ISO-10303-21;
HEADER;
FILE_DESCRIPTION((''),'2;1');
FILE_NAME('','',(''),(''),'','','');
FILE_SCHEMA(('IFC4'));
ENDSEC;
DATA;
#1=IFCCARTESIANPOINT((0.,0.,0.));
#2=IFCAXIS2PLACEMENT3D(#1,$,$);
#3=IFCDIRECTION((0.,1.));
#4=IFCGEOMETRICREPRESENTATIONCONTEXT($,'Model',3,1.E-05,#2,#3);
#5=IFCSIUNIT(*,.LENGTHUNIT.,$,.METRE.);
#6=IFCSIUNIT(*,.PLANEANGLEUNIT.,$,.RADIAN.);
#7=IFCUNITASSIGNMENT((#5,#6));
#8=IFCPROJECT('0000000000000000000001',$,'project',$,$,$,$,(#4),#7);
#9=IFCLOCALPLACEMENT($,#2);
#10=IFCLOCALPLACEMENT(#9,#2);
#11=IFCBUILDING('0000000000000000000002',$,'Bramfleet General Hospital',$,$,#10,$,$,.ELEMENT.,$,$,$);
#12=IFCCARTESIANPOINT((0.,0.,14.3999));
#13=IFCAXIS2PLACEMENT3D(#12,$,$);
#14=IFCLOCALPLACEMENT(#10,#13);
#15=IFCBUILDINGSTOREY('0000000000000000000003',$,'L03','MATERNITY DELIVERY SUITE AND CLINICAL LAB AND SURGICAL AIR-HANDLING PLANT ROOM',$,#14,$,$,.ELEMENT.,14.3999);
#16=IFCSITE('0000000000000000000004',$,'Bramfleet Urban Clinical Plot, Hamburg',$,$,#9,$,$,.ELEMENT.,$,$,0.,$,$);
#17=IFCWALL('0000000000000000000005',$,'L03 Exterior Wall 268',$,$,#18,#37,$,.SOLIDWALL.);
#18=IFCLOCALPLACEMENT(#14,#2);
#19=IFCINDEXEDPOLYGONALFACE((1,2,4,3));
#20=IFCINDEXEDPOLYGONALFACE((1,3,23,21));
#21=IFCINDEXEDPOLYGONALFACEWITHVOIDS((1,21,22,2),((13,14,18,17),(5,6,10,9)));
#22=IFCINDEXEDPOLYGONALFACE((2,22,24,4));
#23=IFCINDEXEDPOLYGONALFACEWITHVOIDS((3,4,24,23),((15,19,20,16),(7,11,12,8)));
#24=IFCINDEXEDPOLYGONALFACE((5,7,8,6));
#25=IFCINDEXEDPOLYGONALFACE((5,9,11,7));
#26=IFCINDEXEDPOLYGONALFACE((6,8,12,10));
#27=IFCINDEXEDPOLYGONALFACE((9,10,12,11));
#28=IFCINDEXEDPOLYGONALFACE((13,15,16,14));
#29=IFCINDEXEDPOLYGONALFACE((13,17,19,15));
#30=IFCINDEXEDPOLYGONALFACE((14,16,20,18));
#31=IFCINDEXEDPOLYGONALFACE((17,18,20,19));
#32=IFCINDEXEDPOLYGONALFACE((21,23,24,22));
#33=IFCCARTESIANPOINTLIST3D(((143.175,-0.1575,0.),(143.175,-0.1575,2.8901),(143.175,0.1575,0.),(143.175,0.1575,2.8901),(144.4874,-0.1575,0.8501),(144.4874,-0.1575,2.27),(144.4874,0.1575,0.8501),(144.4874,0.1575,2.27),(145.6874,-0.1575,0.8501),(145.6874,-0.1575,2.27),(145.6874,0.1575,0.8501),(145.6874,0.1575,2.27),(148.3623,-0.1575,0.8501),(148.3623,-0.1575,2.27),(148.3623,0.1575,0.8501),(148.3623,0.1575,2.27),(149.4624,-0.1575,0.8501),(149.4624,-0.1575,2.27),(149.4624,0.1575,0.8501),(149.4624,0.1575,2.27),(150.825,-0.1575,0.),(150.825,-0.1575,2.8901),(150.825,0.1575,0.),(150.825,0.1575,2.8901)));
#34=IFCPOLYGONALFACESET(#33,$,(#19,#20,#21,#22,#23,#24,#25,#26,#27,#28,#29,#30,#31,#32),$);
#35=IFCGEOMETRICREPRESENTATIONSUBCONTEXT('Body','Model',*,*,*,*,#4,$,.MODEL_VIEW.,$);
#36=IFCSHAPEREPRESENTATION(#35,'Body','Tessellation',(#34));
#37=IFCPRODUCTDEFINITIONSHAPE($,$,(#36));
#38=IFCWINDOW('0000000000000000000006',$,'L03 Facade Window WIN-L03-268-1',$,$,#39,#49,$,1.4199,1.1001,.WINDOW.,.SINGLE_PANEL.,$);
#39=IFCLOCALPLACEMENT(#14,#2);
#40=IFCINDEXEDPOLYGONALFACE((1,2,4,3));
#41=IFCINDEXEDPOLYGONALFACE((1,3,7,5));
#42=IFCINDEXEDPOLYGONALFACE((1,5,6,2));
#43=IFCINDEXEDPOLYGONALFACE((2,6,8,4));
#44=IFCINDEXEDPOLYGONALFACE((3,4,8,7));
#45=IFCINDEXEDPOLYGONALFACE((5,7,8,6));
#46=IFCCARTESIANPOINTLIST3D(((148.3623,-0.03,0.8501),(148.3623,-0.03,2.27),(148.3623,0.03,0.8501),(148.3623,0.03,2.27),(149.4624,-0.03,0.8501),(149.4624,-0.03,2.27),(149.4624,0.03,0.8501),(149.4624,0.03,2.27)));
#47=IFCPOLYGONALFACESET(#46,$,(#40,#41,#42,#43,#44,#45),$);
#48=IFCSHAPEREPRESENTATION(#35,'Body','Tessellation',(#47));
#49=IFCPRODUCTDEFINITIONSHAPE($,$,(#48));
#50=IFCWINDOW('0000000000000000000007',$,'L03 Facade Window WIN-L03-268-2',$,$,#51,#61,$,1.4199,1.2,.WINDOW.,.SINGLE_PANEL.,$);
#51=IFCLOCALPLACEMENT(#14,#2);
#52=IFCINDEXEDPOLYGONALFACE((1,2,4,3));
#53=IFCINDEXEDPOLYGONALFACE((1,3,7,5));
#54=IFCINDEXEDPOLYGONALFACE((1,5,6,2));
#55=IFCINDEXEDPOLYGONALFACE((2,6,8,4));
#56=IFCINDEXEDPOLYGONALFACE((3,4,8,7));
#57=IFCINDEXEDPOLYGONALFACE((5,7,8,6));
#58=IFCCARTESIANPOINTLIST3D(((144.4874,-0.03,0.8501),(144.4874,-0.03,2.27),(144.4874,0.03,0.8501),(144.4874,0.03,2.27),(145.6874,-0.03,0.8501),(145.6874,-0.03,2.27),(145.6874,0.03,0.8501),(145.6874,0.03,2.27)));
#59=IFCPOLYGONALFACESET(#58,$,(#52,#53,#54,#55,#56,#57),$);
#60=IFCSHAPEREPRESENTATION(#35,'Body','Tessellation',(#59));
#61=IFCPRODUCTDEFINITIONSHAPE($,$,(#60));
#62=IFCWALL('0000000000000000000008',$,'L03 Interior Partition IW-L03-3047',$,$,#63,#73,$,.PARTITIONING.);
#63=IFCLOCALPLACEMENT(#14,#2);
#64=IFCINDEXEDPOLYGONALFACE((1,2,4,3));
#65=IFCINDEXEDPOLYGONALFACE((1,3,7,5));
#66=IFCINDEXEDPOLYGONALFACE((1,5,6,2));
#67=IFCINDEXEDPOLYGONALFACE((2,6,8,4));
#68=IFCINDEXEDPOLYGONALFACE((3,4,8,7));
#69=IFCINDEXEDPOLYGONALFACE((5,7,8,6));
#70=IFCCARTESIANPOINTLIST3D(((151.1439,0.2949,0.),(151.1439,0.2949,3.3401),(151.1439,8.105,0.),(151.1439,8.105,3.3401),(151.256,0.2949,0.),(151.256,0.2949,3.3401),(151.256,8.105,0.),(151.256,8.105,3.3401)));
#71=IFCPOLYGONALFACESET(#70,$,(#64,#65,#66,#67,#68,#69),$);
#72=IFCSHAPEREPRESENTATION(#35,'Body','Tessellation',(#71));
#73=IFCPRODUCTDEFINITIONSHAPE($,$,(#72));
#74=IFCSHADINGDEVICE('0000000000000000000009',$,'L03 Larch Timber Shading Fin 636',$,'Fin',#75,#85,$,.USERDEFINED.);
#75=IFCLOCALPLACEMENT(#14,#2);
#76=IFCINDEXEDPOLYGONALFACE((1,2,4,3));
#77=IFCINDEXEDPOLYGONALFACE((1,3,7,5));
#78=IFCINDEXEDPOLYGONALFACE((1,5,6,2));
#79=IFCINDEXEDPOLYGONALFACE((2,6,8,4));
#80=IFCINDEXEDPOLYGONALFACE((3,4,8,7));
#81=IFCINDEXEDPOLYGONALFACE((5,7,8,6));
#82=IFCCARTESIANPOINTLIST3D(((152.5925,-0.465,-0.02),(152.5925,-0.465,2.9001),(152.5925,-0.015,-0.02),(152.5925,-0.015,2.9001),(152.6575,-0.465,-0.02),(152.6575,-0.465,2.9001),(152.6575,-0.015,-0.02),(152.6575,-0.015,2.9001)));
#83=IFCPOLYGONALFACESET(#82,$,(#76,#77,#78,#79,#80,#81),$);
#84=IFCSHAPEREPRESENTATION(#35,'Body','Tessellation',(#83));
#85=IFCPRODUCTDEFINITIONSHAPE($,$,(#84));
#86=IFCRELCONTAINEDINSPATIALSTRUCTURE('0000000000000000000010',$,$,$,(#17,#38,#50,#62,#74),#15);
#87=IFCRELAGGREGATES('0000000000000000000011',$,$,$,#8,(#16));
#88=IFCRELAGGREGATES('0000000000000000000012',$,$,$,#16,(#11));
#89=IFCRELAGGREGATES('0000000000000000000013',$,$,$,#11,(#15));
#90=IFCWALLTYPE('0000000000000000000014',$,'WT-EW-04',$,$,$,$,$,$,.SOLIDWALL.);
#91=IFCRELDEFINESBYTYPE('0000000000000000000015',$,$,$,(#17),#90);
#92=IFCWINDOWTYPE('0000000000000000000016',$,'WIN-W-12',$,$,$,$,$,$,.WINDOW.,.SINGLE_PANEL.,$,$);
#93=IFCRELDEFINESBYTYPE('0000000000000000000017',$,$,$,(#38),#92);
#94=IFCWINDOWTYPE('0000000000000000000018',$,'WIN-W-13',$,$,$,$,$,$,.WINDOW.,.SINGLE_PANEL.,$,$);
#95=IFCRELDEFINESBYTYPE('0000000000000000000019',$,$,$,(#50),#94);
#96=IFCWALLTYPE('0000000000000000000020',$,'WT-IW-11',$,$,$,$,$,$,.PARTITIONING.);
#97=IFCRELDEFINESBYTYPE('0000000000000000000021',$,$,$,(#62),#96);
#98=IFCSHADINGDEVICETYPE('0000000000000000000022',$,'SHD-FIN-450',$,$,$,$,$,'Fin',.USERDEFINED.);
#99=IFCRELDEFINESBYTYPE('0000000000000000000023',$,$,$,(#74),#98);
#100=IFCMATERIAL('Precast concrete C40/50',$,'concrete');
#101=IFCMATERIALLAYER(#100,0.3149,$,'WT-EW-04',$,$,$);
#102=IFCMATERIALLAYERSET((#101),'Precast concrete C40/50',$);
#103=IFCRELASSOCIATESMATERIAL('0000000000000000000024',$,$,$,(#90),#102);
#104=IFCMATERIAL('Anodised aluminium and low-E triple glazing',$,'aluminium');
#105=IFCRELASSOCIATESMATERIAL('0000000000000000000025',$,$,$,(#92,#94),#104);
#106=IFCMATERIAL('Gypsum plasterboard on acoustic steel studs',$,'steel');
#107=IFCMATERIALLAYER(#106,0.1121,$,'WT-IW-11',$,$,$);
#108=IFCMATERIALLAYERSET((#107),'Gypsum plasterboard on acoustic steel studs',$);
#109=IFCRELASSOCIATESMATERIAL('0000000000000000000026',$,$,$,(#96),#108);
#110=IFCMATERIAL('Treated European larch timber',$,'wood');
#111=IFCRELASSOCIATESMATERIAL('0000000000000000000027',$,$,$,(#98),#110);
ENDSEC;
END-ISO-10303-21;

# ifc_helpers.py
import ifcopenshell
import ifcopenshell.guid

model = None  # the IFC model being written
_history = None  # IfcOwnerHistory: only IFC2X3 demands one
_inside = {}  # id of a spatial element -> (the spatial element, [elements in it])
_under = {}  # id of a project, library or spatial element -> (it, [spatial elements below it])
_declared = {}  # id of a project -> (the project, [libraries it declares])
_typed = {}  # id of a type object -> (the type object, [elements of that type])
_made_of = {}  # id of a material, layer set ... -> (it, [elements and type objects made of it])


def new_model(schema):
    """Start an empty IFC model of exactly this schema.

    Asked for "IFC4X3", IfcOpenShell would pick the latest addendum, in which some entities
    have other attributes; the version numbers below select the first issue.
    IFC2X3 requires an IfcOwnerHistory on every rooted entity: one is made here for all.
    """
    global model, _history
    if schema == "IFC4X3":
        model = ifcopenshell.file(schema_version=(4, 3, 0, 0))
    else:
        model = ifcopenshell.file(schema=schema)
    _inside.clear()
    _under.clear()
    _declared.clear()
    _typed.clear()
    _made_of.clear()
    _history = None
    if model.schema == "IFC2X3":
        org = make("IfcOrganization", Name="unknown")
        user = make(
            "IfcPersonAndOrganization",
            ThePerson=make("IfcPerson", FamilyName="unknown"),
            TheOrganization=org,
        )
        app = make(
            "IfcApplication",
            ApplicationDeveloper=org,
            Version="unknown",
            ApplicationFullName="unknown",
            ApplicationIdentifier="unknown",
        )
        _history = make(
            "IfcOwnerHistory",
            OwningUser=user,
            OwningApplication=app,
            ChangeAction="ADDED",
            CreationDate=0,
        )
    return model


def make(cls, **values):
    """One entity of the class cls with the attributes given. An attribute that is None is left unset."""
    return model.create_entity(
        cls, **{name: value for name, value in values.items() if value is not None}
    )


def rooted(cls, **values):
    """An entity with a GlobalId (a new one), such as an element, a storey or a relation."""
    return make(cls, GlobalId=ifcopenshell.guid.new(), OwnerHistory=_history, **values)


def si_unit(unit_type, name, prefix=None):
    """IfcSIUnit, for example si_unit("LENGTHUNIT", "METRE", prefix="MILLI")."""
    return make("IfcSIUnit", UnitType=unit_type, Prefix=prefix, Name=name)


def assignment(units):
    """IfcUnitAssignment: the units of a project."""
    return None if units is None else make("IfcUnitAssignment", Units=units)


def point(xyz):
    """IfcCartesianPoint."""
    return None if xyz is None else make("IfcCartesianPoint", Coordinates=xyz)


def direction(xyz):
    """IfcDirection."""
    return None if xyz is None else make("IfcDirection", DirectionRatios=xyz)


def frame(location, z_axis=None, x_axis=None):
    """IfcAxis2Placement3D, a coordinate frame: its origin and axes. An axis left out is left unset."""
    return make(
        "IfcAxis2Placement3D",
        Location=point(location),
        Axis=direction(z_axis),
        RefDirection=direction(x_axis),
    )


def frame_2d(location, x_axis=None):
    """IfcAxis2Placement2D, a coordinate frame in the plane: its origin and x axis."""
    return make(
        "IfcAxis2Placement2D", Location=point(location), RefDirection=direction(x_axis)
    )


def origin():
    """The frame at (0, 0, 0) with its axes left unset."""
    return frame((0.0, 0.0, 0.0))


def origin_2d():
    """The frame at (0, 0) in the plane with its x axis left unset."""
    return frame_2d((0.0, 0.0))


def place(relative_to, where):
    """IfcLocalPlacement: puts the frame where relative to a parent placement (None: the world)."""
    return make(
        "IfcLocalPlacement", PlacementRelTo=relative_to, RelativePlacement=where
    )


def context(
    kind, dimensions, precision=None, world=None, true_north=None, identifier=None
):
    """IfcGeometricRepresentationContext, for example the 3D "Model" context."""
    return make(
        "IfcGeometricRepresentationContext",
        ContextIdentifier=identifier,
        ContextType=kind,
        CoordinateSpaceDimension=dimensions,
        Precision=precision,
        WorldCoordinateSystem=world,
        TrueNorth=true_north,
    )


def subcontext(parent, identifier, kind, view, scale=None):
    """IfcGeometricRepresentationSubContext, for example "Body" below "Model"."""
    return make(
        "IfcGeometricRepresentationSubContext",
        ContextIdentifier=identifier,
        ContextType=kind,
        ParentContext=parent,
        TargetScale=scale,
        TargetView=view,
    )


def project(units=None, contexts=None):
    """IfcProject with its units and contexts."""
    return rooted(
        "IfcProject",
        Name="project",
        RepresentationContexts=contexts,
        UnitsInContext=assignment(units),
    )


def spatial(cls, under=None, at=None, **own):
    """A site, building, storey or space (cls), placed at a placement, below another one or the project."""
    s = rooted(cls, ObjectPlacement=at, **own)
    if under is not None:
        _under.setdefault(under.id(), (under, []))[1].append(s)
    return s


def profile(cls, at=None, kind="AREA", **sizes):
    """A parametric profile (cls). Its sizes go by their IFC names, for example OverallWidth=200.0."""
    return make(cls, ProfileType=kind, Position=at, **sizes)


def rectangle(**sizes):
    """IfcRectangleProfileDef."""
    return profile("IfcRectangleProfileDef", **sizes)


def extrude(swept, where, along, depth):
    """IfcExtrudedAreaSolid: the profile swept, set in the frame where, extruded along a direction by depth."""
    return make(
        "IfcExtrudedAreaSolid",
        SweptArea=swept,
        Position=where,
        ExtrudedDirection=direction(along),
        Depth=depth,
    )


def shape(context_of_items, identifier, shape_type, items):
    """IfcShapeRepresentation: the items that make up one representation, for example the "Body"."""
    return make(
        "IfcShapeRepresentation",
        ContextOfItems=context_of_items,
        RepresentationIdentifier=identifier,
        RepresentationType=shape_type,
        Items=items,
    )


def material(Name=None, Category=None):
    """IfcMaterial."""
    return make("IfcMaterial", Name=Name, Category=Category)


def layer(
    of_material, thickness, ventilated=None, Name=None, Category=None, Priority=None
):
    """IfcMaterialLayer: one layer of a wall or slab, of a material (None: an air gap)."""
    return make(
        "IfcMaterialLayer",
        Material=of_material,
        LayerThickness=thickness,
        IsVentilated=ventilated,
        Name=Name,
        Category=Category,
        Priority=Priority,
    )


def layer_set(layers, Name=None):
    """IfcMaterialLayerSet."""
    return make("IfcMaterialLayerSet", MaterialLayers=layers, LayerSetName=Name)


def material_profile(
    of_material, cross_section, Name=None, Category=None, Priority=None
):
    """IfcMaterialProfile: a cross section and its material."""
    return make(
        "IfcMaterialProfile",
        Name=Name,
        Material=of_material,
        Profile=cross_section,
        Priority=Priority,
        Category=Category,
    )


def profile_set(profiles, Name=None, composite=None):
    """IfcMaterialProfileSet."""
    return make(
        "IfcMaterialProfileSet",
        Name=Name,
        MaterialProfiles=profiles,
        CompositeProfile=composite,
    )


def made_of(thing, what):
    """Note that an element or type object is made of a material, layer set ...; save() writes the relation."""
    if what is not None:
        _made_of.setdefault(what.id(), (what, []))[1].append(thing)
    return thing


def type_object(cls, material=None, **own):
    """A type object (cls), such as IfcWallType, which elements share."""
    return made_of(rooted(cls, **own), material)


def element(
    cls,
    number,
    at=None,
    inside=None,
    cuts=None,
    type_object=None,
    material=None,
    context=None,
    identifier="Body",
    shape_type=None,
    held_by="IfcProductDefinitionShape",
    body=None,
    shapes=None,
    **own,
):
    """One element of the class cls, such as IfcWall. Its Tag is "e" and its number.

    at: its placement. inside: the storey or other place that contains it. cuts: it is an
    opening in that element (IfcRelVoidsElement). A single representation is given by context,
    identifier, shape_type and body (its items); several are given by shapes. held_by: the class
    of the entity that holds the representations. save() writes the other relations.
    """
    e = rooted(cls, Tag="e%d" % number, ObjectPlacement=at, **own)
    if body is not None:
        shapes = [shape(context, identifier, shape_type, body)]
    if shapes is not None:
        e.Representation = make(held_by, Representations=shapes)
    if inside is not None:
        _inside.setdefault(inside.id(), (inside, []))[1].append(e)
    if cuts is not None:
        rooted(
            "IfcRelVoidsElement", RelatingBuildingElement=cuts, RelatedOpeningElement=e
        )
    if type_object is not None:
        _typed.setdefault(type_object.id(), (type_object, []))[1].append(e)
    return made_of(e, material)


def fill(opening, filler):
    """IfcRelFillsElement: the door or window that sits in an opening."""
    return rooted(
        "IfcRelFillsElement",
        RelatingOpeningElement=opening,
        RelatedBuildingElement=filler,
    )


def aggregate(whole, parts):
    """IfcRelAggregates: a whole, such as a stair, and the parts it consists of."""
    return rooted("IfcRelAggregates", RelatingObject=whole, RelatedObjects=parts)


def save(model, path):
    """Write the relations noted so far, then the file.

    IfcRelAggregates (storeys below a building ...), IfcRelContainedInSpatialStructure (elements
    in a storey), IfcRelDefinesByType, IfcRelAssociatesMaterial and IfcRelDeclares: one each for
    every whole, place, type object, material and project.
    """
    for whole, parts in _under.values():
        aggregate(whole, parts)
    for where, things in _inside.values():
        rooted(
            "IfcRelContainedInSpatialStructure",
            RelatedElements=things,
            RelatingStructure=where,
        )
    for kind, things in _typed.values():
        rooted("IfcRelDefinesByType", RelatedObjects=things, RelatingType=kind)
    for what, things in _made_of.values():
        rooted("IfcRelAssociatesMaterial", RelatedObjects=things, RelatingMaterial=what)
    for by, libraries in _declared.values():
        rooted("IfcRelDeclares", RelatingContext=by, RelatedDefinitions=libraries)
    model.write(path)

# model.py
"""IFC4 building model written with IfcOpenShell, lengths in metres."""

from ifc_helpers import new_model, si_unit, direction, frame, frame_2d, origin, origin_2d, place, context, subcontext, project, spatial, rectangle, extrude, material, layer, layer_set, material_profile, profile_set, type_object, element, fill, save


model = new_model("IFC4")

# Units and contexts
model_context = context("Model", 3, precision=1e-05, world=origin(), true_north=direction((0.0, 1.0)))
body_context = subcontext(model_context, "Body", "Model", "MODEL_VIEW")
ifc_project = project(units=[si_unit("LENGTHUNIT", "METRE"), si_unit("PLANEANGLEUNIT", "RADIAN")], contexts=[model_context])

# Site, building, storey
site_placement = place(None, origin())
site = spatial("IfcSite", under=ifc_project, at=site_placement, Name="Bramfleet Urban Clinical Plot, Hamburg", CompositionType="ELEMENT", RefElevation=0.0)
building_placement = place(site_placement, origin())
building = spatial("IfcBuilding", under=site, at=building_placement, Name="Bramfleet General Hospital", CompositionType="ELEMENT")
storey_placement = place(building_placement, frame((0.0, 0.0, 14.3999)))
storey = spatial("IfcBuildingStorey", under=building, at=storey_placement, Name="L03", Description="MATERNITY DELIVERY SUITE AND CLINICAL LAB AND SURGICAL AIR-HANDLING PLANT ROOM", CompositionType="ELEMENT", Elevation=14.3999)

# Shared definitions
ifc_material_1 = material(Name="Anodised aluminium and low-E triple glazing", Category="aluminium")

# Wall, openings, windows
ifc_material_2 = material(Name="Precast concrete C40/50", Category="concrete")
ifc_layer_1 = layer(ifc_material_2, 0.3149, Name="WT-EW-04")
ifc_layer_set_1 = layer_set([ifc_layer_1], Name="Precast concrete C40/50")
wall_type_1 = type_object("IfcWallType", Name="WT-EW-04", PredefinedType="SOLIDWALL", material=ifc_layer_set_1)
wall_1_placement = place(storey_placement, frame((150.825, 0.0, 0.0), z_axis=(0.0, 0.0, 1.0), x_axis=(-1.0, 0.0, 0.0)))
wall_1 = element("IfcWall", 1, at=wall_1_placement, inside=storey, type_object=wall_type_1, Name="L03 Exterior Wall 268", PredefinedType="SOLIDWALL", context=body_context, shape_type="SweptSolid", body=[
    extrude(rectangle(XDim=7.6499, YDim=0.3149, at=frame_2d((3.825, 0.0))), origin(), (0.0, 0.0, 1.0), 2.8901),
])
opening_1_placement = place(wall_1_placement, frame((1.3625, 0.0, 0.8501)))
opening_1 = element("IfcOpeningElement", 2, at=opening_1_placement, cuts=wall_1, PredefinedType="OPENING", context=body_context, shape_type="SweptSolid", body=[
    extrude(rectangle(XDim=1.1001, YDim=1.4199, at=frame_2d((0.55, 0.71))), frame((0.0, 0.1675, 0.0), z_axis=(0.0, -1.0, 0.0), x_axis=(1.0, 0.0, 0.0)), (0.0, 0.0, 1.0), 0.335),
])
opening_2_placement = place(wall_1_placement, frame((5.1375, 0.0, 0.8501)))
opening_2 = element("IfcOpeningElement", 3, at=opening_2_placement, cuts=wall_1, PredefinedType="OPENING", context=body_context, shape_type="SweptSolid", body=[
    extrude(rectangle(XDim=1.2, YDim=1.4199, at=frame_2d((0.6001, 0.71))), frame((0.0, 0.1675, 0.0), z_axis=(0.0, -1.0, 0.0), x_axis=(1.0, 0.0, 0.0)), (0.0, 0.0, 1.0), 0.335),
])
window_type_1 = type_object("IfcWindowType", Name="WIN-W-12", PartitioningType="SINGLE_PANEL", PredefinedType="WINDOW", material=ifc_material_1)
window_1_placement = place(opening_1_placement, origin())
window_1 = element("IfcWindow", 4, at=window_1_placement, inside=storey, type_object=window_type_1, Name="L03 Facade Window WIN-L03-268-1", OverallHeight=1.4199, OverallWidth=1.1001, PartitioningType="SINGLE_PANEL", PredefinedType="WINDOW", context=body_context, shape_type="SweptSolid", body=[
    extrude(rectangle(XDim=1.1001, YDim=1.4199, at=frame_2d((0.55, 0.71))), frame((0.0, 0.03, 0.0), z_axis=(0.0, -1.0, 0.0), x_axis=(1.0, 0.0, 0.0)), (0.0, 0.0, 1.0), 0.0601),
])
fill(opening_1, window_1)
window_type_2 = type_object("IfcWindowType", Name="WIN-W-13", PartitioningType="SINGLE_PANEL", PredefinedType="WINDOW", material=ifc_material_1)
window_2_placement = place(opening_2_placement, origin())
window_2 = element("IfcWindow", 5, at=window_2_placement, inside=storey, type_object=window_type_2, Name="L03 Facade Window WIN-L03-268-2", OverallHeight=1.4199, OverallWidth=1.2, PartitioningType="SINGLE_PANEL", PredefinedType="WINDOW", context=body_context, shape_type="SweptSolid", body=[
    extrude(rectangle(XDim=1.2, YDim=1.4199, at=frame_2d((0.6001, 0.71))), frame((0.0, 0.03, 0.0), z_axis=(0.0, -1.0, 0.0), x_axis=(1.0, 0.0, 0.0)), (0.0, 0.0, 1.0), 0.0601),
])
fill(opening_2, window_2)

# Wall
ifc_material_3 = material(Name="Gypsum plasterboard on acoustic steel studs", Category="steel")
ifc_layer_2 = layer(ifc_material_3, 0.1121, Name="WT-IW-11")
ifc_layer_set_2 = layer_set([ifc_layer_2], Name="Gypsum plasterboard on acoustic steel studs")
wall_type_2 = type_object("IfcWallType", Name="WT-IW-11", PredefinedType="PARTITIONING", material=ifc_layer_set_2)
wall_2_placement = place(storey_placement, frame((151.2, 0.2949, 0.0), z_axis=(0.0, 0.0, 1.0), x_axis=(0.0, 1.0, 0.0)))
element("IfcWall", 6, at=wall_2_placement, inside=storey, type_object=wall_type_2, Name="L03 Interior Partition IW-L03-3047", PredefinedType="PARTITIONING", context=body_context, shape_type="SweptSolid", body=[
    extrude(rectangle(XDim=7.8101, YDim=0.1121, at=frame_2d((3.905, 0.0))), origin(), (0.0, 0.0, 1.0), 3.3401),
])

# Shading device
ifc_material_4 = material(Name="Treated European larch timber", Category="wood")
ifc_material_profile_1 = material_profile(ifc_material_4, rectangle(XDim=0.0649, YDim=0.45, at=origin_2d()), Name="LARCH FIN 450x65")
ifc_profile_set_1 = profile_set([ifc_material_profile_1], Name="Treated European larch timber")
shading_device_type = type_object("IfcShadingDeviceType", Name="SHD-FIN-450", ElementType="Fin", PredefinedType="USERDEFINED", material=ifc_profile_set_1)
shading_device_placement = place(storey_placement, frame((152.625, -0.24, -0.02), z_axis=(0.0, 0.0, 1.0), x_axis=(-1.0, 0.0, 0.0)))
element("IfcShadingDevice", 7, at=shading_device_placement, inside=storey, type_object=shading_device_type, Name="L03 Larch Timber Shading Fin 636", ObjectType="Fin", PredefinedType="USERDEFINED", context=body_context, shape_type="SweptSolid", body=[
    extrude(rectangle(XDim=0.0649, YDim=0.45, at=origin_2d()), origin(), (0.0, 0.0, 1.0), 2.9202),
])

save(model, "model.ifc")
